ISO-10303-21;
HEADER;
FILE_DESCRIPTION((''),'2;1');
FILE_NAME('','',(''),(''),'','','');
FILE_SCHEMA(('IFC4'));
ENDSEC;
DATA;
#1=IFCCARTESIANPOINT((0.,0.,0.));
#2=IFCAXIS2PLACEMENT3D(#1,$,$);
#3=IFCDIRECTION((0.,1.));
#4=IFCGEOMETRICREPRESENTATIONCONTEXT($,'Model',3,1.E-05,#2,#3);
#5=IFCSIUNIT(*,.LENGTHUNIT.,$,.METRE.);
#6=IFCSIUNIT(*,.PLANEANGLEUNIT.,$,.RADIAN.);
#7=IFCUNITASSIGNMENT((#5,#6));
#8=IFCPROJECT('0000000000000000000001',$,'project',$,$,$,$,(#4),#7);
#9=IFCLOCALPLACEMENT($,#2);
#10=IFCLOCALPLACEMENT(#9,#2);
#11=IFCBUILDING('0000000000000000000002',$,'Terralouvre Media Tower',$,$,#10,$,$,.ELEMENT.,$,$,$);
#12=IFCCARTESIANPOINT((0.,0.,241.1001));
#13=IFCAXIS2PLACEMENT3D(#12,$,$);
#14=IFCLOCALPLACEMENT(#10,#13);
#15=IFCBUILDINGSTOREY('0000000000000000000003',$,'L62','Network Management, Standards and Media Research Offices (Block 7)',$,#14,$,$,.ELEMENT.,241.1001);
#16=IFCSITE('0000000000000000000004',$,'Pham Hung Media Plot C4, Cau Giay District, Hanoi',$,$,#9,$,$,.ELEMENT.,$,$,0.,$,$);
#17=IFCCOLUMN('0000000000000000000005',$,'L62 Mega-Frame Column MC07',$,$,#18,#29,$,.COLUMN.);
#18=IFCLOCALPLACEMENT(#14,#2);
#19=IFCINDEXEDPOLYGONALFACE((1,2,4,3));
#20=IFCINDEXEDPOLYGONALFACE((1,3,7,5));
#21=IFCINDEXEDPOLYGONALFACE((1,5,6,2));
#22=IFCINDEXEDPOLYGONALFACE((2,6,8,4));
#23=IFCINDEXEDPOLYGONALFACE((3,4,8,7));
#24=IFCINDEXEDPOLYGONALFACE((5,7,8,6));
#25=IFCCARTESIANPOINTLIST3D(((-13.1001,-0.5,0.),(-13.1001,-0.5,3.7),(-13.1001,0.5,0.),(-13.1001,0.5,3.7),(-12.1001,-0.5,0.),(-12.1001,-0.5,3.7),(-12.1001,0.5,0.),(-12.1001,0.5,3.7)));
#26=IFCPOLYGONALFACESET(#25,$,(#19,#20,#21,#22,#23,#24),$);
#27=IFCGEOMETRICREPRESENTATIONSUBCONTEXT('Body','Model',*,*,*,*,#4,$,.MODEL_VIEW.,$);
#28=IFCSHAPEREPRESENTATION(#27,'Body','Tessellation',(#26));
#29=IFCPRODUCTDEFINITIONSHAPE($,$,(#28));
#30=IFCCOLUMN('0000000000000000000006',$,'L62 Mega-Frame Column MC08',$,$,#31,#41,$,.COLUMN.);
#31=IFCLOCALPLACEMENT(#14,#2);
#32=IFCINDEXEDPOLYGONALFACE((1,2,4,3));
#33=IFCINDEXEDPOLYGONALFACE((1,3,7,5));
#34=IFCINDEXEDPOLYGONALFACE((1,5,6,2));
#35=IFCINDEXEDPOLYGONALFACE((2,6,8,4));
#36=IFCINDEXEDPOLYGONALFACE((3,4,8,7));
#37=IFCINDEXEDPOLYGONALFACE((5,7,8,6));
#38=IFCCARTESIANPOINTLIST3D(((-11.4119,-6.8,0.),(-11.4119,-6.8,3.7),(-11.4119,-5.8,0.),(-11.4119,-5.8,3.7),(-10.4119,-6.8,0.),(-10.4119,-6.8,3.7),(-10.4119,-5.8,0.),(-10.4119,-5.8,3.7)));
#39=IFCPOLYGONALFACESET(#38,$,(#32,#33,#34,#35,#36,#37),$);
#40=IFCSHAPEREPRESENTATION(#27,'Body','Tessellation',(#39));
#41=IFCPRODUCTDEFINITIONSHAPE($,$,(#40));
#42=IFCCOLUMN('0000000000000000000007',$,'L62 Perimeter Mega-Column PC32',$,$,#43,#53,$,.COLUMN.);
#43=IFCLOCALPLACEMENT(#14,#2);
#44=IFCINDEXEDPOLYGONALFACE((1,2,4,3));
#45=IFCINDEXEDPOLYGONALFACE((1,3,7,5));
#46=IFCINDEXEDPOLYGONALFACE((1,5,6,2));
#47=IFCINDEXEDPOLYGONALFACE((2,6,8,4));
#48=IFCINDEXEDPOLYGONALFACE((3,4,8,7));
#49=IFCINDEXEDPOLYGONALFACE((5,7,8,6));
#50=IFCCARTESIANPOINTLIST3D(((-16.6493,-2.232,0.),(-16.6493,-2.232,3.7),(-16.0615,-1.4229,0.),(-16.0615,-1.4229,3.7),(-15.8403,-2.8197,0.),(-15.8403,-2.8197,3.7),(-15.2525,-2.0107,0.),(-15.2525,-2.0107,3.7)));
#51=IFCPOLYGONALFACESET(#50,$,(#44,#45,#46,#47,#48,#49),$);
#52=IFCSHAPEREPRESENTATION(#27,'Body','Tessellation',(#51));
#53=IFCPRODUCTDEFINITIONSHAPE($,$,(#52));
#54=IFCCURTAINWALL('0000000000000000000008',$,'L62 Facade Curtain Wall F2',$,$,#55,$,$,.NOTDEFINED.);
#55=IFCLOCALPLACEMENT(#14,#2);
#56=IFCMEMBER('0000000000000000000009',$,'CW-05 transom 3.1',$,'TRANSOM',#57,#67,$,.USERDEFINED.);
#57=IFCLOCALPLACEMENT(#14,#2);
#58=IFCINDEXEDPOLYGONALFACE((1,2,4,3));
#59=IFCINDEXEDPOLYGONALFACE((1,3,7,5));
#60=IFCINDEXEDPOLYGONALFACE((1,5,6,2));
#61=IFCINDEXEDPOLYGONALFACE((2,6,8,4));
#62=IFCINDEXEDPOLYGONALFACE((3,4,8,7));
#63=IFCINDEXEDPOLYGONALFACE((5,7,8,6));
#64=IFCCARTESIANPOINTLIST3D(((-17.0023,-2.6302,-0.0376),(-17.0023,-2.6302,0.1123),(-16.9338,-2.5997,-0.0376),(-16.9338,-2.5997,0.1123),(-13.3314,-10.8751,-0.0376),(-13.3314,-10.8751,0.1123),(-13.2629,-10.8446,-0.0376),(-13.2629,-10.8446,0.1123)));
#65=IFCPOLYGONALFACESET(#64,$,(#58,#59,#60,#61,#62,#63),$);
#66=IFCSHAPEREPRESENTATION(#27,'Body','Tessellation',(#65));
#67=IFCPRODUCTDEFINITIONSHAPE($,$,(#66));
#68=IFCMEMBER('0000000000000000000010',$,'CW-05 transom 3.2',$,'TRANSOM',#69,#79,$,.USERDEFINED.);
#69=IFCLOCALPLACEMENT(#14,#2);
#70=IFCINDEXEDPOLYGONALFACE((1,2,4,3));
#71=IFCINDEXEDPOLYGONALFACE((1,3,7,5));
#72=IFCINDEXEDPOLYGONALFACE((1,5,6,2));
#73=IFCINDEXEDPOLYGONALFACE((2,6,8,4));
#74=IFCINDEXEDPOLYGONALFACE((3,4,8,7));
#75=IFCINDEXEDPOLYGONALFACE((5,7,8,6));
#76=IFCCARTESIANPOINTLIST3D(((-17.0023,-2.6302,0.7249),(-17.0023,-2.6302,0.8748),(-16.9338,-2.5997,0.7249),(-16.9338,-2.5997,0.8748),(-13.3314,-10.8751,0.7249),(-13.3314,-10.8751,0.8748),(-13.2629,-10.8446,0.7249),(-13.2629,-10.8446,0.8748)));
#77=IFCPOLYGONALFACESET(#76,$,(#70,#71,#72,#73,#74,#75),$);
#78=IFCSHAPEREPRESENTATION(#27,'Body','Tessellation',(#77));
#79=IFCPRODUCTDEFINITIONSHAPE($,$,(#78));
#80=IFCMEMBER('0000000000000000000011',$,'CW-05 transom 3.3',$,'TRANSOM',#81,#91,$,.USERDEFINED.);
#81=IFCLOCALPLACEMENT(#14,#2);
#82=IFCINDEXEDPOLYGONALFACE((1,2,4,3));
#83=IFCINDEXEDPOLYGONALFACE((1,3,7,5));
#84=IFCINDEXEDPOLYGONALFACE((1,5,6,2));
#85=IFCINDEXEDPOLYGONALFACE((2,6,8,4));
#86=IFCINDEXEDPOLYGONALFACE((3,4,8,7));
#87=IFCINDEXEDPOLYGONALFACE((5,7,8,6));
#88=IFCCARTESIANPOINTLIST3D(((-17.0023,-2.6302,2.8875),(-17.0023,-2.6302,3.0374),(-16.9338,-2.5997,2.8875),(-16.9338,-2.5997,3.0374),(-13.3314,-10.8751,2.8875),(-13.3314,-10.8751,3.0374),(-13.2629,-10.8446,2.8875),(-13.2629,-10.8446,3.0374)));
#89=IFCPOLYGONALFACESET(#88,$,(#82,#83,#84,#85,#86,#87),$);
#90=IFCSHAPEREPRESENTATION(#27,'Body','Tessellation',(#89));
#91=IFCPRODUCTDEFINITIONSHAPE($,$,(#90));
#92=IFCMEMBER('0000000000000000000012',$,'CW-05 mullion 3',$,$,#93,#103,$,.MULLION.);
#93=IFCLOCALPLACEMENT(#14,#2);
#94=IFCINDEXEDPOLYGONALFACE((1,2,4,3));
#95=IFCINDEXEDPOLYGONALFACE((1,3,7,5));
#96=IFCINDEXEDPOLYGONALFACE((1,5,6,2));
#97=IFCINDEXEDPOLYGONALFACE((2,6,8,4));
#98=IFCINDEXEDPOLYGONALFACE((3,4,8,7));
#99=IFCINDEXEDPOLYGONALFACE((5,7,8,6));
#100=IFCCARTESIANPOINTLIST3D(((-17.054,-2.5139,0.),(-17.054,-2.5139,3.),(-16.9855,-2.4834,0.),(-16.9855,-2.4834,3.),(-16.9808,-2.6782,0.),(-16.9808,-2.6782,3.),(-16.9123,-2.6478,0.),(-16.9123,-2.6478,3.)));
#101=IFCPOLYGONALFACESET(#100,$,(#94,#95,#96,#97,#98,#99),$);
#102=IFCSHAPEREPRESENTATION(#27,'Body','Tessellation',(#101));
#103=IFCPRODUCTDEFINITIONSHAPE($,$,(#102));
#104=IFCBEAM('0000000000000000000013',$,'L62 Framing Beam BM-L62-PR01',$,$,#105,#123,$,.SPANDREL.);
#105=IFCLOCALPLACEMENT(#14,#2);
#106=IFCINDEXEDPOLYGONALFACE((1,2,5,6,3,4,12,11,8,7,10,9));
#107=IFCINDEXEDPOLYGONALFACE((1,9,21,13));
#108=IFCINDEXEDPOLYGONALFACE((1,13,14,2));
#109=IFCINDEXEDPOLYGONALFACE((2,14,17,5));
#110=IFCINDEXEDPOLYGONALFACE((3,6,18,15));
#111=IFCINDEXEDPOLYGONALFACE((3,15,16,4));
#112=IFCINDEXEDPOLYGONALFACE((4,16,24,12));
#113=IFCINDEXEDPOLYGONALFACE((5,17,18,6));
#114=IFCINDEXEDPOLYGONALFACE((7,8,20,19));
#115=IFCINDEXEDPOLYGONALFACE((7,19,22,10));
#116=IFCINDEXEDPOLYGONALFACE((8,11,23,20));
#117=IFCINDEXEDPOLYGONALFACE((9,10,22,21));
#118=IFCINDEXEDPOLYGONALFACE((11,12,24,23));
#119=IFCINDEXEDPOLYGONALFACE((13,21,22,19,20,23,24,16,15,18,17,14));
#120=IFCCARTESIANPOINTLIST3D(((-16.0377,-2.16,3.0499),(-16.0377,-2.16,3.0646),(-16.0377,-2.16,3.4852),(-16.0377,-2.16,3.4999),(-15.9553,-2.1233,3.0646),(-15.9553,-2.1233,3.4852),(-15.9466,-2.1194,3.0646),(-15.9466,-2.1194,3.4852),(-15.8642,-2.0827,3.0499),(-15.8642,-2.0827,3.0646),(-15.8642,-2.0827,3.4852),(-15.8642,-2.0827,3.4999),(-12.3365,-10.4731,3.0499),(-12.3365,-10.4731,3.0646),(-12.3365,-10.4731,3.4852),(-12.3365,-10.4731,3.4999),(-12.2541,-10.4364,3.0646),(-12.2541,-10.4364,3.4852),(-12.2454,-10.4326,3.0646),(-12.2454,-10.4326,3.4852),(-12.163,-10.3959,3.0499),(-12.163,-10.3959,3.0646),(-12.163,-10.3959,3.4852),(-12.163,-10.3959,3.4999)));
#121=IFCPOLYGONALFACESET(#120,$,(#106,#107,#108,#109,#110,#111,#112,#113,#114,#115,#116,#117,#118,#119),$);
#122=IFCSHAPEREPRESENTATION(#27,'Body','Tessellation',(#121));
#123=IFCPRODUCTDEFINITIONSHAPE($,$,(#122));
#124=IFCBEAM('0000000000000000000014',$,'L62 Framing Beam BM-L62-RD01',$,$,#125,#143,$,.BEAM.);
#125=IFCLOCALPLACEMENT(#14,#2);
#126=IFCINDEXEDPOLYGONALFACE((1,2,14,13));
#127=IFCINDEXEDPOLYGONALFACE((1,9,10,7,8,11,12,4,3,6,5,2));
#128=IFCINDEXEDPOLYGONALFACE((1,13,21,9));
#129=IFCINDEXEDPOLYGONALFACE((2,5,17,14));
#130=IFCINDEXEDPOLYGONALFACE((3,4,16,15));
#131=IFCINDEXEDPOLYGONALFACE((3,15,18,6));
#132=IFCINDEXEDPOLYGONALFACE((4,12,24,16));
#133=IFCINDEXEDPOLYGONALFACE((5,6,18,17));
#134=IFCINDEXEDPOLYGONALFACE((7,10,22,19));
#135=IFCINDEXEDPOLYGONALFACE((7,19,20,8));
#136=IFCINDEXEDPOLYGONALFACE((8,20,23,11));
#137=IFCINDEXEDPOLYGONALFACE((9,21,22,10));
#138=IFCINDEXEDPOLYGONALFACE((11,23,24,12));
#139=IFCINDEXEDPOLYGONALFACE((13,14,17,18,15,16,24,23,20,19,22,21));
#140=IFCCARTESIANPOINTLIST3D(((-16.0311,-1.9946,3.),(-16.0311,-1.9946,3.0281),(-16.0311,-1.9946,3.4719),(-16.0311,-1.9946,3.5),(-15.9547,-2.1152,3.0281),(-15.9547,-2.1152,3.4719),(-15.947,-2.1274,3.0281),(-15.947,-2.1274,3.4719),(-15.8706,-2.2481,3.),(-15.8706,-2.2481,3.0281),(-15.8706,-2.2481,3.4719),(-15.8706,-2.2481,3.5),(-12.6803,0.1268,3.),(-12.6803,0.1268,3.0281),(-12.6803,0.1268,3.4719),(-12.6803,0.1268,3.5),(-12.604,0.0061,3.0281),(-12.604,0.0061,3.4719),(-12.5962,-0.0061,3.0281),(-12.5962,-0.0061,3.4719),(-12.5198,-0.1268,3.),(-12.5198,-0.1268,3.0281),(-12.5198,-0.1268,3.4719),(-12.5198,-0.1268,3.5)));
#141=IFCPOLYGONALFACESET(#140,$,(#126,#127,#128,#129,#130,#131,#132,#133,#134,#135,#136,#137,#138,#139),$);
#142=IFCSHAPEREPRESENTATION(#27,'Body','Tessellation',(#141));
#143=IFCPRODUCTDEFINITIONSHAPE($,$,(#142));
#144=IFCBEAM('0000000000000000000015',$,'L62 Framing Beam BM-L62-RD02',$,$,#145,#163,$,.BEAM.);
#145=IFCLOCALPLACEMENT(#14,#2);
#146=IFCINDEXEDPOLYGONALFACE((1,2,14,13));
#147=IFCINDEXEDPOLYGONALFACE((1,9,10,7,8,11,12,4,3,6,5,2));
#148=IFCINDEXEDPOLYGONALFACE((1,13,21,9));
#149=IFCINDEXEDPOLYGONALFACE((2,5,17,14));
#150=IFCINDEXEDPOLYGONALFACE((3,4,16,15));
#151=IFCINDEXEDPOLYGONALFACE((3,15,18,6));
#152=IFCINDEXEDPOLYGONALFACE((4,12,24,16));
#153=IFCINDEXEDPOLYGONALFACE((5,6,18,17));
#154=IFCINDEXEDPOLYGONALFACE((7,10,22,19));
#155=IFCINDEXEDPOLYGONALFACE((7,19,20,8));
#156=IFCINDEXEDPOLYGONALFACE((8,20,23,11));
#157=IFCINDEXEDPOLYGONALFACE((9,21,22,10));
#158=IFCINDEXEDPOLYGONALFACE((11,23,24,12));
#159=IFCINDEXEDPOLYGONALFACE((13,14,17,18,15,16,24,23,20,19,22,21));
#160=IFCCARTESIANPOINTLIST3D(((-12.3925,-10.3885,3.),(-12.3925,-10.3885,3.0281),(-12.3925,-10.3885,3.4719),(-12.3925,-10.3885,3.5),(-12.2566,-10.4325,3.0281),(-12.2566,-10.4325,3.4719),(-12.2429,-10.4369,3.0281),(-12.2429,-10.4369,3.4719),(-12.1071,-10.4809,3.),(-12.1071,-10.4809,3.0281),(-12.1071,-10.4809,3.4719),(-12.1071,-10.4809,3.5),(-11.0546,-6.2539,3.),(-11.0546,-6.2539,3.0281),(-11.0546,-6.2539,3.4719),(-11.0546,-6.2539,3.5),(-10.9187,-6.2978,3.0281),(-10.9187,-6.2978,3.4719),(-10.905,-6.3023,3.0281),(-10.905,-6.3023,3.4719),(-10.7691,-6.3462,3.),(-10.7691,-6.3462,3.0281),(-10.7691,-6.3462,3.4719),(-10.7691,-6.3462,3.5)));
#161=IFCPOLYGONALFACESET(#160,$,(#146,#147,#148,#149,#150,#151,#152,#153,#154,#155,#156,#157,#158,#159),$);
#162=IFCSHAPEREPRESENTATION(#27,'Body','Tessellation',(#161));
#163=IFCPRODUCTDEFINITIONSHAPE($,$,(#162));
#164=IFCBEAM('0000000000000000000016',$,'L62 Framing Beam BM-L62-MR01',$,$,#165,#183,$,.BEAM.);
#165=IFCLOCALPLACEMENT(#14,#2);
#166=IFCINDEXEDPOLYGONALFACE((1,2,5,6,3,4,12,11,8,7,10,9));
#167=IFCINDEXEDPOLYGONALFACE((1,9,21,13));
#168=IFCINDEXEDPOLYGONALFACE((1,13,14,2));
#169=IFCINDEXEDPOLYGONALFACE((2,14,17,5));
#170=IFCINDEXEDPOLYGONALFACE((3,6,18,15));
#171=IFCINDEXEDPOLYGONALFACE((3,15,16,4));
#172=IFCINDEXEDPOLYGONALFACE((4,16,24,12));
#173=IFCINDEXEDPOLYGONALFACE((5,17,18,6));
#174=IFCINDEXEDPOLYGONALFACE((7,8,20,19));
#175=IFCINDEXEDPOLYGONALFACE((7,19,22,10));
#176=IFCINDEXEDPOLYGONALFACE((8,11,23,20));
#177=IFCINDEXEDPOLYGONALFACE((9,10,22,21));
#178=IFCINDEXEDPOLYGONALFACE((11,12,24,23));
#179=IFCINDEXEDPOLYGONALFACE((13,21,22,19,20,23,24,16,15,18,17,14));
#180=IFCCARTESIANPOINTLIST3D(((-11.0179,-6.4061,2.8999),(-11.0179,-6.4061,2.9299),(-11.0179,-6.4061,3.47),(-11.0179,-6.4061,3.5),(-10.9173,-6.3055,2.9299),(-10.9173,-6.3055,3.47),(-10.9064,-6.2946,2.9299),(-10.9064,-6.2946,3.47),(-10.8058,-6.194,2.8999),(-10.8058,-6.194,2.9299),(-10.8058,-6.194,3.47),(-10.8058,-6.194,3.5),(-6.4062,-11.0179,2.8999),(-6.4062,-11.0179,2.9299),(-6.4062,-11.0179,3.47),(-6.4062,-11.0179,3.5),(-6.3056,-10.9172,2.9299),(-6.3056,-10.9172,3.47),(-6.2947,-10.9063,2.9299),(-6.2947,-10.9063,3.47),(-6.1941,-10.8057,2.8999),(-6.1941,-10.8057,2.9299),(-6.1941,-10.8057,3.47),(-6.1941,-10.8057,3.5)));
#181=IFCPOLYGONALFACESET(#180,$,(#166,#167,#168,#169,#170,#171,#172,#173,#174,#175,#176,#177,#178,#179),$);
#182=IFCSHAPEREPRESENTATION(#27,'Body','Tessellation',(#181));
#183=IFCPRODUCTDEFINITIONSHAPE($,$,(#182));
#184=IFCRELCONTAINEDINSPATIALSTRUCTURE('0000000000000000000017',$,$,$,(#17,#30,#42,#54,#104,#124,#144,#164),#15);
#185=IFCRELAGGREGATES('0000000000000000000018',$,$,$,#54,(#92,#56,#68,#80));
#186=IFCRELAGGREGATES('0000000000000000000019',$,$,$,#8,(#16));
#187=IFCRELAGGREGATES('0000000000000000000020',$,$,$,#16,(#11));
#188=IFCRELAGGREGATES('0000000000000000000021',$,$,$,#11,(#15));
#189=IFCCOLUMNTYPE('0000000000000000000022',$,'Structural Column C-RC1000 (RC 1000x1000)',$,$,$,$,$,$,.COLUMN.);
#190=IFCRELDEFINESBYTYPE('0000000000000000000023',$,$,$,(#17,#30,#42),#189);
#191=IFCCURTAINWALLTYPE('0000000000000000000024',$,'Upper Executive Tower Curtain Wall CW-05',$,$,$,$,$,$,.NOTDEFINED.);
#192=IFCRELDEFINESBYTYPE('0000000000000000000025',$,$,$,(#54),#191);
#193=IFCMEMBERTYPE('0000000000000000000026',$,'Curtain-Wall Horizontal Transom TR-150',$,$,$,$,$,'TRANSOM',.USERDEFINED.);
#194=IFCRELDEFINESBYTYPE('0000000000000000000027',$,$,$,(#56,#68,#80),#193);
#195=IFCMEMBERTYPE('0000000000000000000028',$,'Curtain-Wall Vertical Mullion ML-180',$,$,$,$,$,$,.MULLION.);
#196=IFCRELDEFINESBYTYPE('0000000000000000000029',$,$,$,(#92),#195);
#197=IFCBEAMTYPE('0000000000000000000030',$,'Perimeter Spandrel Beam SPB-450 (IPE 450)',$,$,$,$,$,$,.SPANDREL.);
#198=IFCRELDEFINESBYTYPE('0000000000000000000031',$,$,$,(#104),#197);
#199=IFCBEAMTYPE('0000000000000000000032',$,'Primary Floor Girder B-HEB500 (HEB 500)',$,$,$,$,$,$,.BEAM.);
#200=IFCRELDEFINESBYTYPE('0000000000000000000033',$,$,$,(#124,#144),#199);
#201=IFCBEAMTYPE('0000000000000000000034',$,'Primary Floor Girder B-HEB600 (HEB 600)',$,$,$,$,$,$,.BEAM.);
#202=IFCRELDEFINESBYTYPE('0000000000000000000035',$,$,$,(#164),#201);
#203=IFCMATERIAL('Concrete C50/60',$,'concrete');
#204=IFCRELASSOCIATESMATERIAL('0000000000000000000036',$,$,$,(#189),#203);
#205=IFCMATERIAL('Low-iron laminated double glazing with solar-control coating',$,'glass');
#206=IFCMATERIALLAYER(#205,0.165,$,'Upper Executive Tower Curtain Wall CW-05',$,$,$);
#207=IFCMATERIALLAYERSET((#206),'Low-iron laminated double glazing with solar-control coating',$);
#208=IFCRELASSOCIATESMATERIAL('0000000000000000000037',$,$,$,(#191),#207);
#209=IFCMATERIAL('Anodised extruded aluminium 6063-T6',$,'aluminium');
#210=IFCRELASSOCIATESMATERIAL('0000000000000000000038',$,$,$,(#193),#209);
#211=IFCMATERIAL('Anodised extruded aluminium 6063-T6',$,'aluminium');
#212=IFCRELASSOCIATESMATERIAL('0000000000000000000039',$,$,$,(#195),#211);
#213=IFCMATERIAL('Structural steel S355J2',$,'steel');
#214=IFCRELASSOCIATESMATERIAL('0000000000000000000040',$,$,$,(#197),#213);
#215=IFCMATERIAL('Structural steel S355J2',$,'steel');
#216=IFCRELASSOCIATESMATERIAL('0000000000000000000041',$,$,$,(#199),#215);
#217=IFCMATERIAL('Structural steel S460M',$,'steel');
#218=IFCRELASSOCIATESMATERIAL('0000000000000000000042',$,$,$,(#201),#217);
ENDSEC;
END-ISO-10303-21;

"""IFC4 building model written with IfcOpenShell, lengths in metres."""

from ifc_helpers import new_model, si_unit, direction, frame, origin, origin_2d, place, context, subcontext, project, spatial, rectangle, i_section, extrude, material, layer, layer_set, material_profile, profile_set, type_object, element, aggregate, save


model = new_model("IFC4")

# Units and contexts
model_context = context("Model", 3, precision=1e-05, world=origin(), true_north=direction((0.0, 1.0)))
body_context = subcontext(model_context, "Body", "Model", "MODEL_VIEW")
ifc_project = project(units=[si_unit("LENGTHUNIT", "METRE"), si_unit("PLANEANGLEUNIT", "RADIAN")], contexts=[model_context])

# Site, building, storey
site_placement = place(None, origin())
site = spatial("IfcSite", under=ifc_project, at=site_placement, Name="Pham Hung Media Plot C4, Cau Giay District, Hanoi", CompositionType="ELEMENT", RefElevation=0.0)
building_placement = place(site_placement, origin())
building = spatial("IfcBuilding", under=site, at=building_placement, Name="Terralouvre Media Tower", CompositionType="ELEMENT")
storey_placement = place(building_placement, frame((0.0, 0.0, 241.1001)))
storey = spatial("IfcBuildingStorey", under=building, at=storey_placement, Name="L62", Description="Network Management, Standards and Media Research Offices (Block 7)", CompositionType="ELEMENT", Elevation=241.1001)

# Columns
ifc_material_1 = material(Name="Concrete C50/60", Category="concrete")
ifc_material_profile_1 = material_profile(ifc_material_1, rectangle(XDim=1.0, YDim=1.0, at=origin_2d()), Name="RC 1000x1000")
ifc_profile_set_1 = profile_set([ifc_material_profile_1], Name="Concrete C50/60")
column_type = type_object("IfcColumnType", Name="Structural Column C-RC1000 (RC 1000x1000)", PredefinedType="COLUMN", material=ifc_profile_set_1)
for number, where, z_axis, x_axis, name in (
    (1, (-12.6001, 0.0, 0.0), (0.0, 0.0, 1.0), (1.0, 0.0, 0.0), "L62 Mega-Frame Column MC07"),
    (2, (-10.9119, -6.3, 0.0), (0.0, 0.0, 1.0), (1.0, 0.0, 0.0), "L62 Mega-Frame Column MC08"),
    (3, (-15.9509, -2.1213, 0.0), (0.0, 0.0, 1.0), (0.587785, 0.809017, 0.0), "L62 Perimeter Mega-Column PC32"),
):
    element("IfcColumn", number, at=place(storey_placement, frame(where, z_axis=z_axis, x_axis=x_axis)), inside=storey, type_object=column_type, Name=name, PredefinedType="COLUMN", context=body_context, shape_type="SweptSolid", body=[
        extrude(rectangle(XDim=1.0, YDim=1.0, at=origin_2d()), origin(), (0.0, 0.0, 1.0), 3.7),
    ])

# Curtain wall, members
ifc_material_2 = material(Name="Low-iron laminated double glazing with solar-control coating", Category="glass")
ifc_layer_1 = layer(ifc_material_2, 0.165, Name="Upper Executive Tower Curtain Wall CW-05")
ifc_layer_set_1 = layer_set([ifc_layer_1], Name="Low-iron laminated double glazing with solar-control coating")
curtain_wall_type = type_object("IfcCurtainWallType", Name="Upper Executive Tower Curtain Wall CW-05", PredefinedType="NOTDEFINED", material=ifc_layer_set_1)
curtain_wall_placement = place(storey_placement, origin())
curtain_wall = element("IfcCurtainWall", 4, at=curtain_wall_placement, inside=storey, type_object=curtain_wall_type, Name="L62 Facade Curtain Wall F2", PredefinedType="NOTDEFINED")
ifc_material_3 = material(Name="Anodised extruded aluminium 6063-T6", Category="aluminium")
ifc_material_profile_2 = material_profile(ifc_material_3, rectangle(XDim=0.075, YDim=0.1499, at=origin_2d()), Name="ALU 75x150")
ifc_profile_set_2 = profile_set([ifc_material_profile_2], Name="Anodised extruded aluminium 6063-T6")
member_type_1 = type_object("IfcMemberType", Name="Curtain-Wall Horizontal Transom TR-150", ElementType="TRANSOM", PredefinedType="USERDEFINED", material=ifc_profile_set_2)
member_1_placement = place(storey_placement, frame((-16.968, -2.615, 0.0374), z_axis=(0.406741, -0.913544, 0.0), x_axis=(0.913544, 0.406741, 0.0)))
member_1 = element("IfcMember", 5, at=member_1_placement, type_object=member_type_1, Name="CW-05 transom 3.1", ObjectType="TRANSOM", PredefinedType="USERDEFINED", context=body_context, shape_type="SweptSolid", body=[
    extrude(rectangle(XDim=0.075, YDim=0.1499, at=origin_2d()), origin(), (0.0, 0.0, 1.0), 9.0251),
])
member_2_placement = place(storey_placement, frame((-16.968, -2.615, 0.7998), z_axis=(0.406741, -0.913544, 0.0), x_axis=(0.913544, 0.406741, 0.0)))
member_2 = element("IfcMember", 6, at=member_2_placement, type_object=member_type_1, Name="CW-05 transom 3.2", ObjectType="TRANSOM", PredefinedType="USERDEFINED", context=body_context, shape_type="SweptSolid", body=[
    extrude(rectangle(XDim=0.075, YDim=0.1499, at=origin_2d()), origin(), (0.0, 0.0, 1.0), 9.0251),
])
member_3_placement = place(storey_placement, frame((-16.968, -2.615, 2.9624), z_axis=(0.406741, -0.913544, 0.0), x_axis=(0.913544, 0.406741, 0.0)))
member_3 = element("IfcMember", 7, at=member_3_placement, type_object=member_type_1, Name="CW-05 transom 3.3", ObjectType="TRANSOM", PredefinedType="USERDEFINED", context=body_context, shape_type="SweptSolid", body=[
    extrude(rectangle(XDim=0.075, YDim=0.1499, at=origin_2d()), origin(), (0.0, 0.0, 1.0), 9.0251),
])
ifc_material_4 = material(Name="Anodised extruded aluminium 6063-T6", Category="aluminium")
ifc_material_profile_3 = material_profile(ifc_material_4, rectangle(XDim=0.075, YDim=0.1799, at=origin_2d()), Name="ALU 75x180")
ifc_profile_set_3 = profile_set([ifc_material_profile_3], Name="Anodised extruded aluminium 6063-T6")
member_type_2 = type_object("IfcMemberType", Name="Curtain-Wall Vertical Mullion ML-180", PredefinedType="MULLION", material=ifc_profile_set_3)
member_4_placement = place(storey_placement, frame((-16.9832, -2.5808, 0.0), z_axis=(0.0, 0.0, 1.0), x_axis=(0.913545, 0.406737, 0.0)))
member_4 = element("IfcMember", 8, at=member_4_placement, type_object=member_type_2, Name="CW-05 mullion 3", PredefinedType="MULLION", context=body_context, shape_type="SweptSolid", body=[
    extrude(rectangle(XDim=0.075, YDim=0.1799, at=origin_2d()), origin(), (0.0, 0.0, 1.0), 3.0),
])

# Beams
ifc_material_5 = material(Name="Structural steel S355J2", Category="steel")
ifc_material_profile_4 = material_profile(ifc_material_5, i_section(OverallWidth=0.1899, OverallDepth=0.45, WebThickness=0.0095, FlangeThickness=0.0146, at=origin_2d()), Name="IPE 450")
ifc_profile_set_4 = profile_set([ifc_material_profile_4], Name="Structural steel S355J2")
beam_type_1 = type_object("IfcBeamType", Name="Perimeter Spandrel Beam SPB-450 (IPE 450)", PredefinedType="SPANDREL", material=ifc_profile_set_4)
beam_1_placement = place(storey_placement, frame((-15.9509, -2.1213, 3.2749), z_axis=(0.406726, -0.91355, 0.0), x_axis=(0.91355, 0.406726, 0.0)))
element("IfcBeam", 9, at=beam_1_placement, inside=storey, type_object=beam_type_1, Name="L62 Framing Beam BM-L62-PR01", PredefinedType="SPANDREL", context=body_context, shape_type="SweptSolid", body=[
    extrude(i_section(OverallWidth=0.1899, OverallDepth=0.45, WebThickness=0.0095, FlangeThickness=0.0146, at=origin_2d()), origin(), (0.0, 0.0, 1.0), 9.0999),
])
ifc_material_6 = material(Name="Structural steel S355J2", Category="steel")
ifc_material_profile_5 = material_profile(ifc_material_6, i_section(OverallWidth=0.3, OverallDepth=0.5, WebThickness=0.0144, FlangeThickness=0.0281, at=origin_2d()), Name="HEB 500")
ifc_profile_set_5 = profile_set([ifc_material_profile_5], Name="Structural steel S355J2")
beam_type_2 = type_object("IfcBeamType", Name="Primary Floor Girder B-HEB500 (HEB 500)", PredefinedType="BEAM", material=ifc_profile_set_5)
beam_2_placement = place(storey_placement, frame((-12.6001, 0.0, 3.25), z_axis=(-0.844916, -0.534898, 0.0), x_axis=(0.534898, -0.844916, 0.0)))
element("IfcBeam", 10, at=beam_2_placement, inside=storey, type_object=beam_type_2, Name="L62 Framing Beam BM-L62-RD01", PredefinedType="BEAM", context=body_context, shape_type="SweptSolid", body=[
    extrude(i_section(OverallWidth=0.3, OverallDepth=0.5, WebThickness=0.0144, FlangeThickness=0.0281, at=origin_2d()), origin(), (0.0, 0.0, 1.0), 3.9658),
])
beam_3_placement = place(storey_placement, frame((-10.9119, -6.3, 3.25), z_axis=(-0.307873, -0.951428, 0.0), x_axis=(0.951428, -0.307873, 0.0)))
element("IfcBeam", 11, at=beam_3_placement, inside=storey, type_object=beam_type_2, Name="L62 Framing Beam BM-L62-RD02", PredefinedType="BEAM", context=body_context, shape_type="SweptSolid", body=[
    extrude(i_section(OverallWidth=0.3, OverallDepth=0.5, WebThickness=0.0144, FlangeThickness=0.0281, at=origin_2d()), origin(), (0.0, 0.0, 1.0), 4.3457),
])
ifc_material_7 = material(Name="Structural steel S460M", Category="steel")
ifc_material_profile_6 = material_profile(ifc_material_7, i_section(OverallWidth=0.3, OverallDepth=0.6001, WebThickness=0.0154, FlangeThickness=0.03, at=origin_2d()), Name="HEB 600")
ifc_profile_set_6 = profile_set([ifc_material_profile_6], Name="Structural steel S460M")
beam_type_3 = type_object("IfcBeamType", Name="Primary Floor Girder B-HEB600 (HEB 600)", PredefinedType="BEAM", material=ifc_profile_set_6)
beam_4_placement = place(storey_placement, frame((-10.9119, -6.3, 3.2), z_axis=(0.707107, -0.707107, 0.0), x_axis=(0.707107, 0.707107, 0.0)))
element("IfcBeam", 12, at=beam_4_placement, inside=storey, type_object=beam_type_3, Name="L62 Framing Beam BM-L62-MR01", PredefinedType="BEAM", context=body_context, shape_type="SweptSolid", body=[
    extrude(i_section(OverallWidth=0.3, OverallDepth=0.6001, WebThickness=0.0154, FlangeThickness=0.03, at=origin_2d()), origin(), (0.0, 0.0, 1.0), 6.522),
])

aggregate(curtain_wall, [member_4, member_1, member_2, member_3])

save(model, "model.ifc")
